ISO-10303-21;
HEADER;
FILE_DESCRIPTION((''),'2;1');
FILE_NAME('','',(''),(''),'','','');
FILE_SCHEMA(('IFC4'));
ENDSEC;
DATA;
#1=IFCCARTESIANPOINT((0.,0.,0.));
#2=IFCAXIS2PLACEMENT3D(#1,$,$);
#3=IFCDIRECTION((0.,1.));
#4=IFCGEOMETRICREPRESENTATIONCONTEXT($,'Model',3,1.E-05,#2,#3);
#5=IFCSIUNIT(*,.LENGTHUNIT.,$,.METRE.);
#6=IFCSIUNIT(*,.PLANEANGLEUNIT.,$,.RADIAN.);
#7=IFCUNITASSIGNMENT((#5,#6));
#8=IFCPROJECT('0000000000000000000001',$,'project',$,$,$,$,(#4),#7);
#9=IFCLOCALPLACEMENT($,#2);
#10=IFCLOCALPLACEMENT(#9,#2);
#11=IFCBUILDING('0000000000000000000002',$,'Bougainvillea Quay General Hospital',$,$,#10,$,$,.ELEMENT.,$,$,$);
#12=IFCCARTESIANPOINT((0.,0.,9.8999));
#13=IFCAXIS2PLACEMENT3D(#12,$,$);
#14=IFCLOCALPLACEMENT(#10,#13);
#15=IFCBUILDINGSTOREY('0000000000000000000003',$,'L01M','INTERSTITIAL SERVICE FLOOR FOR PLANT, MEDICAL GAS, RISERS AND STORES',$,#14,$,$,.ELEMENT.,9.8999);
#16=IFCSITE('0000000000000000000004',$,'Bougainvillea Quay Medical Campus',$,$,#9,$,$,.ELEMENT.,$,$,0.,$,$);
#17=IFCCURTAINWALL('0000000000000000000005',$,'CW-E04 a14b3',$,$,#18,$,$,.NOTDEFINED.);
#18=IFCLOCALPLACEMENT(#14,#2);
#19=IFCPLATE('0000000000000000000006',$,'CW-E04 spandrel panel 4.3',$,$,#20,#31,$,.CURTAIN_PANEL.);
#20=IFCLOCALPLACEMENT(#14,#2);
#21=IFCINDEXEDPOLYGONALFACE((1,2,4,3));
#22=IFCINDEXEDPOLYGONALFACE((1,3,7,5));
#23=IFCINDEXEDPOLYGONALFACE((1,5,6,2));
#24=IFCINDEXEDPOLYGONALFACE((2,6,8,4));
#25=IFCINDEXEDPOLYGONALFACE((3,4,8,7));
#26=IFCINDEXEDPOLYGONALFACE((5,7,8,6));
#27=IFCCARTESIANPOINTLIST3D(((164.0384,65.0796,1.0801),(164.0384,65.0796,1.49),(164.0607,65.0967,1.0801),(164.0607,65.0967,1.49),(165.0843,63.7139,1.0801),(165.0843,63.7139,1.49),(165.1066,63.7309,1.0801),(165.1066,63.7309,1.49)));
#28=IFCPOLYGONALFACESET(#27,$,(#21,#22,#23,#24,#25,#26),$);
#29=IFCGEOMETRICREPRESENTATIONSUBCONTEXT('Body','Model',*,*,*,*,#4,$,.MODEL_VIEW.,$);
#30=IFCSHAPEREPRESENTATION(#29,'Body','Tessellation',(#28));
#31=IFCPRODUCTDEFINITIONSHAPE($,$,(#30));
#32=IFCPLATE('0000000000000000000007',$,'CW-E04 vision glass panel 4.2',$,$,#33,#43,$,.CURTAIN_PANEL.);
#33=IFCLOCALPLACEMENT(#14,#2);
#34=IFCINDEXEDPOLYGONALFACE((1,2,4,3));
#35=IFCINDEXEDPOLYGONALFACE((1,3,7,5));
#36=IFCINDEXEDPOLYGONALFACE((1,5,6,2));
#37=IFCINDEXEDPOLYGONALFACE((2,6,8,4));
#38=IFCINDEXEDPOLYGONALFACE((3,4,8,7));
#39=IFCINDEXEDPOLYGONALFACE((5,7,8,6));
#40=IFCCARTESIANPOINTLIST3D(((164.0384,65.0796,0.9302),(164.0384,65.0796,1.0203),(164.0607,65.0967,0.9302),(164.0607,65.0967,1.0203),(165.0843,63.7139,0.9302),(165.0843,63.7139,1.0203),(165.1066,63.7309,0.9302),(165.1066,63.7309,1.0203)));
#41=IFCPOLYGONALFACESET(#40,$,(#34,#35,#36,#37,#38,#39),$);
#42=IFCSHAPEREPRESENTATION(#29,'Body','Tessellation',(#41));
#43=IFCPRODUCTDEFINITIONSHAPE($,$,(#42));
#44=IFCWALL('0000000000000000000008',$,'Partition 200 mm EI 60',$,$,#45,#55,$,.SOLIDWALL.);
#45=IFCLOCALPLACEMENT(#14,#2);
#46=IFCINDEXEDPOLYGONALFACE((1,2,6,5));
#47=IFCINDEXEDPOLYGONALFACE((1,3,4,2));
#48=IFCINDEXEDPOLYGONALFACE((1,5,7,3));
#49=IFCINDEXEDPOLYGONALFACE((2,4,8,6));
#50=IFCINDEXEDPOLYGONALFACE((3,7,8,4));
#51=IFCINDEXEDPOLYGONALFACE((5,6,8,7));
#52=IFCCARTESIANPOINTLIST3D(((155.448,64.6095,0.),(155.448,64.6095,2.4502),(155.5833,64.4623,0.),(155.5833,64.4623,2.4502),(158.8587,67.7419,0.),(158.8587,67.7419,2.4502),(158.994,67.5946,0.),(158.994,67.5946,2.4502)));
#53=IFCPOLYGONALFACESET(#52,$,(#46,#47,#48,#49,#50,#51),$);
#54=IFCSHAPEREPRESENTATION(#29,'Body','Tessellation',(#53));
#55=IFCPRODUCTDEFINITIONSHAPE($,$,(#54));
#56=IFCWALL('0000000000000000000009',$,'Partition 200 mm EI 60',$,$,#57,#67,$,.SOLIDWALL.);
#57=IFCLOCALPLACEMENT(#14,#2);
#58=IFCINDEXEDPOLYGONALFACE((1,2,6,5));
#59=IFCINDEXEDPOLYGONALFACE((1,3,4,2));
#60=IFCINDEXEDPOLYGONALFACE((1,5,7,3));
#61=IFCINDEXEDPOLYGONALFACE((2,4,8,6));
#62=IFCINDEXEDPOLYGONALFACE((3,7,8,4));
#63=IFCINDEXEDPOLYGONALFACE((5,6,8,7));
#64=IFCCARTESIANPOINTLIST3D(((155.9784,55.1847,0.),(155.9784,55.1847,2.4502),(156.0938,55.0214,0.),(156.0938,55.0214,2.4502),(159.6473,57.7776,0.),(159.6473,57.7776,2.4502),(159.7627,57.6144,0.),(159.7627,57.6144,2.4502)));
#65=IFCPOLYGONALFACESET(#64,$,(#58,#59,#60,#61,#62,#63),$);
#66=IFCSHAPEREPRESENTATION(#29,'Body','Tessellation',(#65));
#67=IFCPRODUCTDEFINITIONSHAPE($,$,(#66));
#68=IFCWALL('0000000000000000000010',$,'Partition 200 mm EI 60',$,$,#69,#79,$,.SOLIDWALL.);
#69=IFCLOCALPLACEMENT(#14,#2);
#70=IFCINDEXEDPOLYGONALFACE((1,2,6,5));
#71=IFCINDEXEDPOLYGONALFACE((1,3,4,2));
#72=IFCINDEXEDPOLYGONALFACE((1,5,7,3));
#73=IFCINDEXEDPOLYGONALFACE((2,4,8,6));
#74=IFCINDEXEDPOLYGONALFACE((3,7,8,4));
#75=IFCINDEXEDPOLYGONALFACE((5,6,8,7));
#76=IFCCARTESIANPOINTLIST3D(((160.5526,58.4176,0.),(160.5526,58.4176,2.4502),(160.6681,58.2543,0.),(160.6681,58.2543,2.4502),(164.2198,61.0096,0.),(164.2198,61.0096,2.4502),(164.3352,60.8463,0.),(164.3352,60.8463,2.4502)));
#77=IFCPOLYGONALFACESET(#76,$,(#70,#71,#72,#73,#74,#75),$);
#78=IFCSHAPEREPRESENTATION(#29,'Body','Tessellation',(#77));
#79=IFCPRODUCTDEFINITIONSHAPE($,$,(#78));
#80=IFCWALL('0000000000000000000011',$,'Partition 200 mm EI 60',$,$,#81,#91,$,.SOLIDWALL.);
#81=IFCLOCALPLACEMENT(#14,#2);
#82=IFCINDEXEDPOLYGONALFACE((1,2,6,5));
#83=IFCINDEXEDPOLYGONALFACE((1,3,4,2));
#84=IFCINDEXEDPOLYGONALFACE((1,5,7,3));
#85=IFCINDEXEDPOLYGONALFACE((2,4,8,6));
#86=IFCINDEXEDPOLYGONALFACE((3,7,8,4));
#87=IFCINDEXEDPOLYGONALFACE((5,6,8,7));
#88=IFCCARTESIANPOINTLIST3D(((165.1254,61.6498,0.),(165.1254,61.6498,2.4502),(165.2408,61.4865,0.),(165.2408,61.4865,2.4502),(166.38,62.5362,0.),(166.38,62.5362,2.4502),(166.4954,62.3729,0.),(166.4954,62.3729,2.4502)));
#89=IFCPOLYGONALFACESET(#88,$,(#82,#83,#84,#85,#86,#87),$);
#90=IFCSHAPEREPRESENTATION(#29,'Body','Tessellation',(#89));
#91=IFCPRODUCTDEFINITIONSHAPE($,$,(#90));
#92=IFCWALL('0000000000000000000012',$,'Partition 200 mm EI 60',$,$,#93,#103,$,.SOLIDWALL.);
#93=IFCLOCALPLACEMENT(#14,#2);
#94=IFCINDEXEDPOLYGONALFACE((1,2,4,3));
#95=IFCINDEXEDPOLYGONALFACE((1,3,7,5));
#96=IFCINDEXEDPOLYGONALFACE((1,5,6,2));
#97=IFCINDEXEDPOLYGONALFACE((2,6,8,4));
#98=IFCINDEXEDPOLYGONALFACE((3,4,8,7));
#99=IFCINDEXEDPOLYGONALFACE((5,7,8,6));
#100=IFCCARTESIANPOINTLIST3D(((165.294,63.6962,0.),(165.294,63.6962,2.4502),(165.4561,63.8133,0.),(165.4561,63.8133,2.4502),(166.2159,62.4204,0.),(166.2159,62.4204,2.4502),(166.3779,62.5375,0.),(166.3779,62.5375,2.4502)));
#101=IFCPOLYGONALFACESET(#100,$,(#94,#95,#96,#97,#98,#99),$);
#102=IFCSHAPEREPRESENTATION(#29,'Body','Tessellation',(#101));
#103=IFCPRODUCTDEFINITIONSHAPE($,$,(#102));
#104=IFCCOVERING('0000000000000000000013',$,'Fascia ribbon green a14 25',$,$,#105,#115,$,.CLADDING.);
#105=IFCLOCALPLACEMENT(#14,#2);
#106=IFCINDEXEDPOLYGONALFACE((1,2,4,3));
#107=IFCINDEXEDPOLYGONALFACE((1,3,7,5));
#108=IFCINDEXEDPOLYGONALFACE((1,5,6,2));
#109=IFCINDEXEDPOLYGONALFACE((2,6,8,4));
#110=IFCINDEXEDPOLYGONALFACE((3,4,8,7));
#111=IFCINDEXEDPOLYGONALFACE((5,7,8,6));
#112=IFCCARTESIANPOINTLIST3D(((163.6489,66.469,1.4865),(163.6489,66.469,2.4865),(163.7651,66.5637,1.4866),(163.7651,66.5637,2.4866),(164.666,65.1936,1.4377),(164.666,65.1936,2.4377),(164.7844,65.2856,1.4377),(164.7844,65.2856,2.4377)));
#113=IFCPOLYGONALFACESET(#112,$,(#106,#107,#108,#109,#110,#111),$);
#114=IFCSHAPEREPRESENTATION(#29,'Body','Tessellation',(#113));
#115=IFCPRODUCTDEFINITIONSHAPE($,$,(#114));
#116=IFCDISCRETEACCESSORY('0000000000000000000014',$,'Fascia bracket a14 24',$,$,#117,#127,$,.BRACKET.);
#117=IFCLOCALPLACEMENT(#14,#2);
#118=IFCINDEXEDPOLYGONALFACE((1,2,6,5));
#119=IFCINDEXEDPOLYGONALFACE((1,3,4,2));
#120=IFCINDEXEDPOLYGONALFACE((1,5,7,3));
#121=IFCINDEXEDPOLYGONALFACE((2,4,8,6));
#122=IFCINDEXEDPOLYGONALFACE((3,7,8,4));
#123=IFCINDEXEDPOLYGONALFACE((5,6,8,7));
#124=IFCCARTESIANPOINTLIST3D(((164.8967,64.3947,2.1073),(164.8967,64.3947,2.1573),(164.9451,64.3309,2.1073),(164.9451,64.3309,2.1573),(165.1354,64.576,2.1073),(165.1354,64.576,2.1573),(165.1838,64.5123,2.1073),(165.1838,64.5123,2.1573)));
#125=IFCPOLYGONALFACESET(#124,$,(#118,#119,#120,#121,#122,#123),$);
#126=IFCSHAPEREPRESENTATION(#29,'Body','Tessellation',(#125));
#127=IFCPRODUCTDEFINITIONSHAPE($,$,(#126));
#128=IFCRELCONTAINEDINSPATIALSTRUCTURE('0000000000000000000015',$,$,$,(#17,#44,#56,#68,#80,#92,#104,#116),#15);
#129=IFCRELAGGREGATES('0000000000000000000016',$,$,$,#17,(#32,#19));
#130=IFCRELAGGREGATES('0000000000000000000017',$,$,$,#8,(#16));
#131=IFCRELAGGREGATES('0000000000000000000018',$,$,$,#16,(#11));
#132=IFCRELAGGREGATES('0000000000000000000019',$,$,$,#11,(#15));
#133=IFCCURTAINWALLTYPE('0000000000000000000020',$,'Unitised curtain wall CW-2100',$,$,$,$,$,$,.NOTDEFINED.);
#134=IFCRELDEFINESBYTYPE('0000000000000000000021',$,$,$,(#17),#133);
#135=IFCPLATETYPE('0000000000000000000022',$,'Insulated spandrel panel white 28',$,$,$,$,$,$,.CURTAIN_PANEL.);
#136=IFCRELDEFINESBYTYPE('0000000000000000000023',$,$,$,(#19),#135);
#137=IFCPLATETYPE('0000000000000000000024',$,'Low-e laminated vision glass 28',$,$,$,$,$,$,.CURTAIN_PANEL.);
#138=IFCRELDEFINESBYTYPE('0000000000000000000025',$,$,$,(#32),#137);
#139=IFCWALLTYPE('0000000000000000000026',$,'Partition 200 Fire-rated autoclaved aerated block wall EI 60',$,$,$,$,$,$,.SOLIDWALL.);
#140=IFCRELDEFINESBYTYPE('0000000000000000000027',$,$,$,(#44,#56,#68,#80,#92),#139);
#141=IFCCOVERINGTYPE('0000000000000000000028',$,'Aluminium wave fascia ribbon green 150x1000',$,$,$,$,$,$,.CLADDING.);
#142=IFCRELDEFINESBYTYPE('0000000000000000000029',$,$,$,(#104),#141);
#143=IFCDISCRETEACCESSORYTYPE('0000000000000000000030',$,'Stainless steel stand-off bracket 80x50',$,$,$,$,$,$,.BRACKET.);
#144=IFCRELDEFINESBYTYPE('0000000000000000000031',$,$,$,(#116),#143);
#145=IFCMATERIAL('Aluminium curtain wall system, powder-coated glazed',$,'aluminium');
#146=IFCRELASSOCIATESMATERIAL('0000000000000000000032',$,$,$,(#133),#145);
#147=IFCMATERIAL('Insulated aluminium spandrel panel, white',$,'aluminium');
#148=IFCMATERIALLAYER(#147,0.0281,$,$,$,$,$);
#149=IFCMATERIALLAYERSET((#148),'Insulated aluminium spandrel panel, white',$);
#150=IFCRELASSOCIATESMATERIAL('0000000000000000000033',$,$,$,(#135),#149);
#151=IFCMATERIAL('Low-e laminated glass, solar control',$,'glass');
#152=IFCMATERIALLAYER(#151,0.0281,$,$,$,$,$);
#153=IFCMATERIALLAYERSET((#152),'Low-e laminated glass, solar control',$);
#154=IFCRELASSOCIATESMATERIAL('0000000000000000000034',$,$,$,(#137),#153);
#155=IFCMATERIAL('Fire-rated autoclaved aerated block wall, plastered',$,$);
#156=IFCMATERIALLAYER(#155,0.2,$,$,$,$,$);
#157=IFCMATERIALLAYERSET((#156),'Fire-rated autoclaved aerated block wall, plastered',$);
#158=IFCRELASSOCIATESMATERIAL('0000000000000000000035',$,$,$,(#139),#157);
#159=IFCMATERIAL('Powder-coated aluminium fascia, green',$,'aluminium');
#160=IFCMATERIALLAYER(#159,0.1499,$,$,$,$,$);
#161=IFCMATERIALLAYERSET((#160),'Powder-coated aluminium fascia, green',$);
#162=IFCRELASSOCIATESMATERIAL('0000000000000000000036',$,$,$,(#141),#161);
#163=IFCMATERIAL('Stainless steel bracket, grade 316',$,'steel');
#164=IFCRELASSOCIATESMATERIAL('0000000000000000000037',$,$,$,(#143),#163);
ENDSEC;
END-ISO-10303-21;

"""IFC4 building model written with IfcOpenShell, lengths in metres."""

from ifc_helpers import new_model, si_unit, direction, frame, frame_2d, origin, origin_2d, place, context, subcontext, project, spatial, polyline, rectangle, outline, extrude, material, layer, layer_set, material_profile, profile_set, type_object, element, aggregate, save


model = new_model("IFC4")

# Units and contexts
model_context = context("Model", 3, precision=1e-05, world=origin(), true_north=direction((0.0, 1.0)))
body_context = subcontext(model_context, "Body", "Model", "MODEL_VIEW")
ifc_project = project(units=[si_unit("LENGTHUNIT", "METRE"), si_unit("PLANEANGLEUNIT", "RADIAN")], contexts=[model_context])

# Site, building, storey
site_placement = place(None, origin())
site = spatial("IfcSite", under=ifc_project, at=site_placement, Name="Bougainvillea Quay Medical Campus", CompositionType="ELEMENT", RefElevation=0.0)
building_placement = place(site_placement, origin())
building = spatial("IfcBuilding", under=site, at=building_placement, Name="Bougainvillea Quay General Hospital", CompositionType="ELEMENT")
storey_placement = place(building_placement, frame((0.0, 0.0, 9.8999)))
storey = spatial("IfcBuildingStorey", under=building, at=storey_placement, Name="L01M", Description="INTERSTITIAL SERVICE FLOOR FOR PLANT, MEDICAL GAS, RISERS AND STORES", CompositionType="ELEMENT", Elevation=9.8999)

# Curtain wall, plates
ifc_material_1 = material(Name="Aluminium curtain wall system, powder-coated glazed", Category="aluminium")
curtain_wall_type = type_object("IfcCurtainWallType", Name="Unitised curtain wall CW-2100", PredefinedType="NOTDEFINED", material=ifc_material_1)
curtain_wall_placement = place(storey_placement, origin())
curtain_wall = element("IfcCurtainWall", 1, at=curtain_wall_placement, inside=storey, type_object=curtain_wall_type, Name="CW-E04 a14b3", PredefinedType="NOTDEFINED")
ifc_material_2 = material(Name="Insulated aluminium spandrel panel, white", Category="aluminium")
ifc_layer_1 = layer(ifc_material_2, 0.0281)
ifc_layer_set_1 = layer_set([ifc_layer_1], Name="Insulated aluminium spandrel panel, white")
plate_type_1 = type_object("IfcPlateType", Name="Insulated spandrel panel white 28", PredefinedType="CURTAIN_PANEL", material=ifc_layer_set_1)
plate_1_placement = place(storey_placement, frame((164.5725, 64.4053, 1.0801), z_axis=(0.0, 0.0, 1.0), x_axis=(0.608008, -0.793931, 0.0)))
plate_1 = element("IfcPlate", 2, at=plate_1_placement, type_object=plate_type_1, Name="CW-E04 spandrel panel 4.3", PredefinedType="CURTAIN_PANEL", context=body_context, shape_type="SweptSolid", body=[
    extrude(rectangle(XDim=1.7202, YDim=0.0281, at=origin_2d()), origin(), (0.0, 0.0, 1.0), 0.4099),
])
ifc_material_3 = material(Name="Low-e laminated glass, solar control", Category="glass")
ifc_layer_2 = layer(ifc_material_3, 0.0281)
ifc_layer_set_2 = layer_set([ifc_layer_2], Name="Low-e laminated glass, solar control")
plate_type_2 = type_object("IfcPlateType", Name="Low-e laminated vision glass 28", PredefinedType="CURTAIN_PANEL", material=ifc_layer_set_2)
plate_2_placement = place(storey_placement, frame((164.5725, 64.4053, 0.9302), z_axis=(0.0, 0.0, 1.0), x_axis=(0.608008, -0.793931, 0.0)))
plate_2 = element("IfcPlate", 3, at=plate_2_placement, type_object=plate_type_2, Name="CW-E04 vision glass panel 4.2", PredefinedType="CURTAIN_PANEL", context=body_context, shape_type="SweptSolid", body=[
    extrude(rectangle(XDim=1.7202, YDim=0.0281, at=origin_2d()), origin(), (0.0, 0.0, 1.0), 0.0901),
])
aggregate(curtain_wall, [plate_2, plate_1])

# Walls
ifc_material_4 = material(Name="Fire-rated autoclaved aerated block wall, plastered")
ifc_layer_3 = layer(ifc_material_4, 0.2)
ifc_layer_set_3 = layer_set([ifc_layer_3], Name="Fire-rated autoclaved aerated block wall, plastered")
wall_type = type_object("IfcWallType", Name="Partition 200 Fire-rated autoclaved aerated block wall EI 60", PredefinedType="SOLIDWALL", material=ifc_layer_set_3)
wall_1_placement = place(storey_placement, frame((155.5156, 64.5359, 0.0), z_axis=(0.0, 0.0, 1.0), x_axis=(0.736519, 0.676417, 0.0)))
element("IfcWall", 4, at=wall_1_placement, inside=storey, type_object=wall_type, Name="Partition 200 mm EI 60", PredefinedType="SOLIDWALL", context=body_context, shape_type="SweptSolid", body=[
    extrude(rectangle(XDim=4.6309, YDim=0.2, at=frame_2d((2.3154, 0.0))), origin(), (0.0, 0.0, 1.0), 2.4502),
])
wall_2_placement = place(storey_placement, frame((156.0361, 55.103, 0.0), z_axis=(0.0, 0.0, 1.0), x_axis=(0.816635, 0.577155, 0.0)))
element("IfcWall", 5, at=wall_2_placement, inside=storey, type_object=wall_type, Name="Partition 200 mm EI 60", PredefinedType="SOLIDWALL", context=body_context, shape_type="SweptSolid", body=[
    extrude(rectangle(XDim=4.4927, YDim=0.2, at=frame_2d((2.2463, 0.0))), origin(), (0.0, 0.0, 1.0), 2.4502),
])
wall_3_placement = place(storey_placement, frame((160.6104, 58.3359, 0.0), z_axis=(0.0, 0.0, 1.0), x_axis=(0.816611, 0.577189, 0.0)))
element("IfcWall", 6, at=wall_3_placement, inside=storey, type_object=wall_type, Name="Partition 200 mm EI 60", PredefinedType="SOLIDWALL", context=body_context, shape_type="SweptSolid", body=[
    extrude(rectangle(XDim=4.4907, YDim=0.2, at=frame_2d((2.2454, 0.0))), origin(), (0.0, 0.0, 1.0), 2.4502),
])
wall_4_placement = place(storey_placement, frame((165.1831, 61.5681, 0.0), z_axis=(0.0, 0.0, 1.0), x_axis=(0.816708, 0.577051, 0.0)))
element("IfcWall", 7, at=wall_4_placement, inside=storey, type_object=wall_type, Name="Partition 200 mm EI 60", PredefinedType="SOLIDWALL", context=body_context, shape_type="SweptSolid", body=[
    extrude(rectangle(XDim=1.5361, YDim=0.2, at=frame_2d((0.7681, 0.0))), origin(), (0.0, 0.0, 1.0), 2.4502),
])
wall_5_placement = place(storey_placement, frame((165.375, 63.7549, 0.0), z_axis=(0.0, 0.0, 1.0), x_axis=(0.58566, -0.810557, 0.0)))
element("IfcWall", 8, at=wall_5_placement, inside=storey, type_object=wall_type, Name="Partition 200 mm EI 60", PredefinedType="SOLIDWALL", context=body_context, shape_type="SweptSolid", body=[
    extrude(rectangle(XDim=1.574, YDim=0.2, at=frame_2d((0.7871, 0.0))), origin(), (0.0, 0.0, 1.0), 2.4502),
])

# Covering
ifc_material_5 = material(Name="Powder-coated aluminium fascia, green", Category="aluminium")
ifc_layer_4 = layer(ifc_material_5, 0.1499)
ifc_layer_set_4 = layer_set([ifc_layer_4], Name="Powder-coated aluminium fascia, green")
covering_type = type_object("IfcCoveringType", Name="Aluminium wave fascia ribbon green 150x1000", PredefinedType="CLADDING", material=ifc_layer_set_4)
covering_placement = place(storey_placement, frame((164.666, 65.1936, 1.4377), z_axis=(0.018614, -0.023383, 0.999553), x_axis=(-0.623211, 0.781482, 0.029887)))
element("IfcCovering", 9, at=covering_placement, inside=storey, type_object=covering_type, Name="Fascia ribbon green a14 25", PredefinedType="CLADDING", context=body_context, shape_type="SweptSolid", body=[
    extrude(outline(polyline([(0.0, 0.0), (1.632, 0.0), (1.6336, -0.1499), (-0.0019, -0.15), (0.0, 0.0)])), origin(), (0.029887, -0.000026, 0.999553), 1.0),
])

# Discrete accessory
ifc_material_6 = material(Name="Stainless steel bracket, grade 316", Category="steel")
ifc_material_profile_1 = material_profile(ifc_material_6, rectangle(XDim=0.0801, YDim=0.05, at=origin_2d()))
ifc_profile_set_1 = profile_set([ifc_material_profile_1], Name="Stainless steel bracket, grade 316")
discrete_accessory_type = type_object("IfcDiscreteAccessoryType", Name="Stainless steel stand-off bracket 80x50", PredefinedType="BRACKET", material=ifc_profile_set_1)
discrete_accessory_placement = place(storey_placement, frame((164.9209, 64.3628, 2.1323), z_axis=(0.796272, 0.604939, 0.0), x_axis=(-0.604939, 0.796272, 0.0)))
element("IfcDiscreteAccessory", 10, at=discrete_accessory_placement, inside=storey, type_object=discrete_accessory_type, Name="Fascia bracket a14 24", PredefinedType="BRACKET", context=body_context, shape_type="SweptSolid", body=[
    extrude(rectangle(XDim=0.0801, YDim=0.05, at=origin_2d()), origin(), (0.0, 0.0, 1.0), 0.2998),
])

save(model, "model.ifc")
